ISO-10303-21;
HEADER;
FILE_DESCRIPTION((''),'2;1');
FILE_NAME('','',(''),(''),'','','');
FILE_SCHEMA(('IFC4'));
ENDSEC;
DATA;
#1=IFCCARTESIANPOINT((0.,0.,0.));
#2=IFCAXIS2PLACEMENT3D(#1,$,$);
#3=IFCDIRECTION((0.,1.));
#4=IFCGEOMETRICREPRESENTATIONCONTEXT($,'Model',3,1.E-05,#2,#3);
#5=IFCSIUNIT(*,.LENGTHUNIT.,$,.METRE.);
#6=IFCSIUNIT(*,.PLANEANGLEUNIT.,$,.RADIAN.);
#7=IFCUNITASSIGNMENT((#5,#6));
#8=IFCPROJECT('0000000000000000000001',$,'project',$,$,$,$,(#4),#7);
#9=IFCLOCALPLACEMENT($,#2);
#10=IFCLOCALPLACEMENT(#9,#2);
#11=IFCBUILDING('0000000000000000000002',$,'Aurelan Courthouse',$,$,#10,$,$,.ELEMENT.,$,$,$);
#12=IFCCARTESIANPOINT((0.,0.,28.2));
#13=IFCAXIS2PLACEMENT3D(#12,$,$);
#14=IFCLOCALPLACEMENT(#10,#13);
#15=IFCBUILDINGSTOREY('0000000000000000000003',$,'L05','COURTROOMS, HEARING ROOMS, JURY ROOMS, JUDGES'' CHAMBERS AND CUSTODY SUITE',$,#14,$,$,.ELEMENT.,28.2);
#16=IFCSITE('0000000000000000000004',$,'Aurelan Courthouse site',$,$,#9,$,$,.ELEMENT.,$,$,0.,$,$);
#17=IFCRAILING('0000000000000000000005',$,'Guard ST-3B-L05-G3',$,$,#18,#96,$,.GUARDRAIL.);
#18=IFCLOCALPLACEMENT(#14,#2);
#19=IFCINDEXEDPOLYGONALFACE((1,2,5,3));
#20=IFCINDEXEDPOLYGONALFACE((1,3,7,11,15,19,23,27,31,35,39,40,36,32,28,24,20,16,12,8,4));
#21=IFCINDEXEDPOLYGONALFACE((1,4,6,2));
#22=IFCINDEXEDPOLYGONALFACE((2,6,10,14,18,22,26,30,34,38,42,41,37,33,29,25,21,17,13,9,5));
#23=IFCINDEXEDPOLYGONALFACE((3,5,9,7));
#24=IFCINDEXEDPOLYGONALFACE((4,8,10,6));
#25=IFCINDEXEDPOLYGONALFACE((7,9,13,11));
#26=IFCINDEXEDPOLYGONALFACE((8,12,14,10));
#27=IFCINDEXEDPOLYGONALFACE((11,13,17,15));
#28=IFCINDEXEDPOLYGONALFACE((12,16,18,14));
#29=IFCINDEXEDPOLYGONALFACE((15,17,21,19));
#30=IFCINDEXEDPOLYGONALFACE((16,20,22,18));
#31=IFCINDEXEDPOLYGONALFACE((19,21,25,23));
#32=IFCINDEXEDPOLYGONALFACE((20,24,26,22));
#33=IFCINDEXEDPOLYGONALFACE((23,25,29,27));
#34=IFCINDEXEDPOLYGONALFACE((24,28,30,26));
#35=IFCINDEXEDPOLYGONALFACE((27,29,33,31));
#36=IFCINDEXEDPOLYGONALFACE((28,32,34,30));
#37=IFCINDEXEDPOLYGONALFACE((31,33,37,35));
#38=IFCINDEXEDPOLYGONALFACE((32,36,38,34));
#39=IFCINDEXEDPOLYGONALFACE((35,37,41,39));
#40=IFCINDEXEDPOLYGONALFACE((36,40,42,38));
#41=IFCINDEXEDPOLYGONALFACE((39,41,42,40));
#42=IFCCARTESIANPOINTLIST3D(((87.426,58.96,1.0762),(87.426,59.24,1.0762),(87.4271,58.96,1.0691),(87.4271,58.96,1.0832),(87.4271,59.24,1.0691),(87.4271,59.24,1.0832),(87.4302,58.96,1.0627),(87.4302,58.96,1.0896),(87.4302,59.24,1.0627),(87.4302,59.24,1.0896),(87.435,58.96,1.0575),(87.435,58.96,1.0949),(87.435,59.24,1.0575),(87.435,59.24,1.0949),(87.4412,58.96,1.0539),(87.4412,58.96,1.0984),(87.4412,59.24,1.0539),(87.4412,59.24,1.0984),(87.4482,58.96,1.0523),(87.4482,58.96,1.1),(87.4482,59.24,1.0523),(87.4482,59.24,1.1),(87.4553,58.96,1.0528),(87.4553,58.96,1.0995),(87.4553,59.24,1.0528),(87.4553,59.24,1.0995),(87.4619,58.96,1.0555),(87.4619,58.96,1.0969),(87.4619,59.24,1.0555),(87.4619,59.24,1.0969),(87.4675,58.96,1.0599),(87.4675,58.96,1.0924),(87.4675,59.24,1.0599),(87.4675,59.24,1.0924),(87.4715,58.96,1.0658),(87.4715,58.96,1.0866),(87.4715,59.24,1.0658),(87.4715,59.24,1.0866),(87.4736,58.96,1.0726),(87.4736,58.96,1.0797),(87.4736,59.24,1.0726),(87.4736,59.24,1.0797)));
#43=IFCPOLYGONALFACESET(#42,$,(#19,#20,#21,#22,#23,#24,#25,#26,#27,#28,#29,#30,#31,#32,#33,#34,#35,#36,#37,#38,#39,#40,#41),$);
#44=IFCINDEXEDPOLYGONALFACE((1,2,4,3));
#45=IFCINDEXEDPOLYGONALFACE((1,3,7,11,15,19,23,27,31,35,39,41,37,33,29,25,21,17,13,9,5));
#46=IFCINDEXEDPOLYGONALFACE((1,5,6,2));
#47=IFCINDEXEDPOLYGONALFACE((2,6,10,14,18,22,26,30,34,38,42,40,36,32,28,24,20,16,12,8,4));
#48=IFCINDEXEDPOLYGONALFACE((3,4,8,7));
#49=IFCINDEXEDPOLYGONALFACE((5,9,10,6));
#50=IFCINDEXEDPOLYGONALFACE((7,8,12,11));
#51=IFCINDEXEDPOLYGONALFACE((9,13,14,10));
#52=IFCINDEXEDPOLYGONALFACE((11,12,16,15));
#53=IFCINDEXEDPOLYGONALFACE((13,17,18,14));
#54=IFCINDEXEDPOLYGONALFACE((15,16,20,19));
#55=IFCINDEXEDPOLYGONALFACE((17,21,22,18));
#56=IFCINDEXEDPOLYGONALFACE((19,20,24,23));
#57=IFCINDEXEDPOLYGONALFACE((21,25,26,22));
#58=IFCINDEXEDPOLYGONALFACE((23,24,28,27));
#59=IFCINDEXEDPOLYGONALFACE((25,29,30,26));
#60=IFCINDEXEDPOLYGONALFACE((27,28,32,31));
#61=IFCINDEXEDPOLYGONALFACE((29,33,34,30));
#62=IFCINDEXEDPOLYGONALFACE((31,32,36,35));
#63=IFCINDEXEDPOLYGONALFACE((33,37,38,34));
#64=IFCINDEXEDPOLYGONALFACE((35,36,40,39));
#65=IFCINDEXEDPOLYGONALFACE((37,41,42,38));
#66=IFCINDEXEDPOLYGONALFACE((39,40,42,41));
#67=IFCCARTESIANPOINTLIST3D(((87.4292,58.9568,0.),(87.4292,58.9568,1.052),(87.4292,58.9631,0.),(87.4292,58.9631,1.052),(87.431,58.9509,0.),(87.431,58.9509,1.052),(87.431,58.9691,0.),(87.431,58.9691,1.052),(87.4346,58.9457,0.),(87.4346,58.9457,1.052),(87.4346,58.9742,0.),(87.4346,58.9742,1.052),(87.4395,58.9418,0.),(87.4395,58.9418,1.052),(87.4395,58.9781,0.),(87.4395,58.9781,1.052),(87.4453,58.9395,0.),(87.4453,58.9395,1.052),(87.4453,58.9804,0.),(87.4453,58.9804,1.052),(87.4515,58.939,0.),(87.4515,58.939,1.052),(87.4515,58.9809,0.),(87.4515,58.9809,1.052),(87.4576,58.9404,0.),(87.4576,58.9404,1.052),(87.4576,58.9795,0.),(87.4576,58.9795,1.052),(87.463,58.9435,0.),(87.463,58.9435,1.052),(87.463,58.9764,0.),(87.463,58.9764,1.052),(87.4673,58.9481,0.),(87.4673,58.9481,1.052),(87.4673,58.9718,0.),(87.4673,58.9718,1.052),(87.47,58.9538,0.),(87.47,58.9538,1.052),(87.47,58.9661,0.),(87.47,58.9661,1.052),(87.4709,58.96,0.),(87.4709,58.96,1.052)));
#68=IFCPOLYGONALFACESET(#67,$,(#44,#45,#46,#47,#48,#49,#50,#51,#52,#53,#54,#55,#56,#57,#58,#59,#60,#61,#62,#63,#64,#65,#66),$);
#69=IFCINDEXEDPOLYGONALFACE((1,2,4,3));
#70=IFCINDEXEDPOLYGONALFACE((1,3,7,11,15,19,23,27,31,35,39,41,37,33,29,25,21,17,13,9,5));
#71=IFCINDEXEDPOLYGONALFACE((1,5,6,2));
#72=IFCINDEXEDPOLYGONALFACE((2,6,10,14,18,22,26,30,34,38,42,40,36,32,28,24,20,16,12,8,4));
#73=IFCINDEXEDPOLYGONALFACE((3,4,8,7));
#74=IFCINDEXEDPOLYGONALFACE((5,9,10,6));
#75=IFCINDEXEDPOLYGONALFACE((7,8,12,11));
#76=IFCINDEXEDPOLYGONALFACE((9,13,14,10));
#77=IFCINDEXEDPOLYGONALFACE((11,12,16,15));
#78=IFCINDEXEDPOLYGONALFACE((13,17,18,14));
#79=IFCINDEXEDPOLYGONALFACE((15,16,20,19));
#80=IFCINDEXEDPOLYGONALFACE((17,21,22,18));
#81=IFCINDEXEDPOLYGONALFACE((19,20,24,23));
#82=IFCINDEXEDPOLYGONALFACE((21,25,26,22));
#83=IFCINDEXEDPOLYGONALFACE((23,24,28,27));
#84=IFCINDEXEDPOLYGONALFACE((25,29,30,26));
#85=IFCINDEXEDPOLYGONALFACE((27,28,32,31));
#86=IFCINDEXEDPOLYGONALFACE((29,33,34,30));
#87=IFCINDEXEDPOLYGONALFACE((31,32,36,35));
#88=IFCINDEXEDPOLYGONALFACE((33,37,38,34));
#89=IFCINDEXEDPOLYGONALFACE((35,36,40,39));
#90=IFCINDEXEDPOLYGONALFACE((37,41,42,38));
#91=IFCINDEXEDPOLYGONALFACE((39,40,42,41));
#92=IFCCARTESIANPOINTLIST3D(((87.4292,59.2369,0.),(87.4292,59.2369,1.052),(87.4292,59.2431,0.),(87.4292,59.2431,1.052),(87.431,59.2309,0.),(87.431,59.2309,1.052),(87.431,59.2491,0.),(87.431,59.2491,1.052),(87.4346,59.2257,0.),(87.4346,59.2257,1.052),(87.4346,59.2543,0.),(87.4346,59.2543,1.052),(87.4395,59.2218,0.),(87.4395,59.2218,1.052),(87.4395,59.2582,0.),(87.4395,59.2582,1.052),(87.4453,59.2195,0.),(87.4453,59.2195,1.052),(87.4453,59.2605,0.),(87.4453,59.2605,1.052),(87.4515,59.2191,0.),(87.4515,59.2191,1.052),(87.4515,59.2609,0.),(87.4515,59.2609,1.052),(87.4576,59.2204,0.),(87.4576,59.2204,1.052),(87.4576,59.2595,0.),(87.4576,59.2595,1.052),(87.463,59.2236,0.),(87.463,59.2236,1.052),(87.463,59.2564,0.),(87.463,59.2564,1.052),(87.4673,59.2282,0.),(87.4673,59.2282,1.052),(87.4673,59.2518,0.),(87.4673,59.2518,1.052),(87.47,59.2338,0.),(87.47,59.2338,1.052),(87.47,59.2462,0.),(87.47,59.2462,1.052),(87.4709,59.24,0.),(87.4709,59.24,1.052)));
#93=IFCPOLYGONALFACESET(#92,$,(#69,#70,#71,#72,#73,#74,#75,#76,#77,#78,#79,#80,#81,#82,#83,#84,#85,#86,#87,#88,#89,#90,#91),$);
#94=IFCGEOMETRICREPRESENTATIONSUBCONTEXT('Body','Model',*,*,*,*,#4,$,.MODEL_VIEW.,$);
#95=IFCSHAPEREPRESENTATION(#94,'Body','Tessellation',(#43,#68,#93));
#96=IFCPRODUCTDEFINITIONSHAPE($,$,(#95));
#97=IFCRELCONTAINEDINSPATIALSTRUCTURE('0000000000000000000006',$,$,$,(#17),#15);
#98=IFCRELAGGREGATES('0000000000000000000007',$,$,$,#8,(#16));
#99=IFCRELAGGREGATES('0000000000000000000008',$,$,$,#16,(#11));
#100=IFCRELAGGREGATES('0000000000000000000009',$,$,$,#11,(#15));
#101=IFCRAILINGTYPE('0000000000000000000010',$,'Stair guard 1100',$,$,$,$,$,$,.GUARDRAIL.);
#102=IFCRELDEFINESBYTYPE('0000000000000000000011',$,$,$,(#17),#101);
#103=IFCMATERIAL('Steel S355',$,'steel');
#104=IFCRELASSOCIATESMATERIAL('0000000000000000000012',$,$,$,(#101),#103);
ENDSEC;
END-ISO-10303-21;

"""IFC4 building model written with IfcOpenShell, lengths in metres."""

from ifc_helpers import new_model, si_unit, direction, frame, origin, origin_2d, place, context, subcontext, project, spatial, circle, extrude, material, type_object, element, save


model = new_model("IFC4")

# Units and contexts
model_context = context("Model", 3, precision=1e-05, world=origin(), true_north=direction((0.0, 1.0)))
body_context = subcontext(model_context, "Body", "Model", "MODEL_VIEW")
ifc_project = project(units=[si_unit("LENGTHUNIT", "METRE"), si_unit("PLANEANGLEUNIT", "RADIAN")], contexts=[model_context])

# Site, building, storey
site_placement = place(None, origin())
site = spatial("IfcSite", under=ifc_project, at=site_placement, Name="Aurelan Courthouse site", CompositionType="ELEMENT", RefElevation=0.0)
building_placement = place(site_placement, origin())
building = spatial("IfcBuilding", under=site, at=building_placement, Name="Aurelan Courthouse", CompositionType="ELEMENT")
storey_placement = place(building_placement, frame((0.0, 0.0, 28.2)))
storey = spatial("IfcBuildingStorey", under=building, at=storey_placement, Name="L05", Description="COURTROOMS, HEARING ROOMS, JURY ROOMS, JUDGES' CHAMBERS AND CUSTODY SUITE", CompositionType="ELEMENT", Elevation=28.2)

# Railing
ifc_material_1 = material(Name="Steel S355", Category="steel")
railing_type = type_object("IfcRailingType", Name="Stair guard 1100", PredefinedType="GUARDRAIL", material=ifc_material_1)
railing_1_placement = place(storey_placement, frame((87.45, 58.96, 0.0)))
element("IfcRailing", 1, at=railing_1_placement, inside=storey, type_object=railing_type, Name="Guard ST-3B-L05-G3", PredefinedType="GUARDRAIL", context=body_context, shape_type="SweptSolid", body=[
    extrude(circle(Radius=0.0239, at=origin_2d()), frame((0.0, 0.0, 1.0762), z_axis=(0.0, 1.0, 0.0), x_axis=(-1.0, 0.0, 0.0)), (0.0, 0.0, 1.0), 0.28),
    extrude(circle(Radius=0.021, at=origin_2d()), origin(), (0.0, 0.0, 1.0), 1.052),
    extrude(circle(Radius=0.021, at=origin_2d()), frame((0.0, 0.28, 0.0)), (0.0, 0.0, 1.0), 1.052),
])

save(model, "model.ifc")
